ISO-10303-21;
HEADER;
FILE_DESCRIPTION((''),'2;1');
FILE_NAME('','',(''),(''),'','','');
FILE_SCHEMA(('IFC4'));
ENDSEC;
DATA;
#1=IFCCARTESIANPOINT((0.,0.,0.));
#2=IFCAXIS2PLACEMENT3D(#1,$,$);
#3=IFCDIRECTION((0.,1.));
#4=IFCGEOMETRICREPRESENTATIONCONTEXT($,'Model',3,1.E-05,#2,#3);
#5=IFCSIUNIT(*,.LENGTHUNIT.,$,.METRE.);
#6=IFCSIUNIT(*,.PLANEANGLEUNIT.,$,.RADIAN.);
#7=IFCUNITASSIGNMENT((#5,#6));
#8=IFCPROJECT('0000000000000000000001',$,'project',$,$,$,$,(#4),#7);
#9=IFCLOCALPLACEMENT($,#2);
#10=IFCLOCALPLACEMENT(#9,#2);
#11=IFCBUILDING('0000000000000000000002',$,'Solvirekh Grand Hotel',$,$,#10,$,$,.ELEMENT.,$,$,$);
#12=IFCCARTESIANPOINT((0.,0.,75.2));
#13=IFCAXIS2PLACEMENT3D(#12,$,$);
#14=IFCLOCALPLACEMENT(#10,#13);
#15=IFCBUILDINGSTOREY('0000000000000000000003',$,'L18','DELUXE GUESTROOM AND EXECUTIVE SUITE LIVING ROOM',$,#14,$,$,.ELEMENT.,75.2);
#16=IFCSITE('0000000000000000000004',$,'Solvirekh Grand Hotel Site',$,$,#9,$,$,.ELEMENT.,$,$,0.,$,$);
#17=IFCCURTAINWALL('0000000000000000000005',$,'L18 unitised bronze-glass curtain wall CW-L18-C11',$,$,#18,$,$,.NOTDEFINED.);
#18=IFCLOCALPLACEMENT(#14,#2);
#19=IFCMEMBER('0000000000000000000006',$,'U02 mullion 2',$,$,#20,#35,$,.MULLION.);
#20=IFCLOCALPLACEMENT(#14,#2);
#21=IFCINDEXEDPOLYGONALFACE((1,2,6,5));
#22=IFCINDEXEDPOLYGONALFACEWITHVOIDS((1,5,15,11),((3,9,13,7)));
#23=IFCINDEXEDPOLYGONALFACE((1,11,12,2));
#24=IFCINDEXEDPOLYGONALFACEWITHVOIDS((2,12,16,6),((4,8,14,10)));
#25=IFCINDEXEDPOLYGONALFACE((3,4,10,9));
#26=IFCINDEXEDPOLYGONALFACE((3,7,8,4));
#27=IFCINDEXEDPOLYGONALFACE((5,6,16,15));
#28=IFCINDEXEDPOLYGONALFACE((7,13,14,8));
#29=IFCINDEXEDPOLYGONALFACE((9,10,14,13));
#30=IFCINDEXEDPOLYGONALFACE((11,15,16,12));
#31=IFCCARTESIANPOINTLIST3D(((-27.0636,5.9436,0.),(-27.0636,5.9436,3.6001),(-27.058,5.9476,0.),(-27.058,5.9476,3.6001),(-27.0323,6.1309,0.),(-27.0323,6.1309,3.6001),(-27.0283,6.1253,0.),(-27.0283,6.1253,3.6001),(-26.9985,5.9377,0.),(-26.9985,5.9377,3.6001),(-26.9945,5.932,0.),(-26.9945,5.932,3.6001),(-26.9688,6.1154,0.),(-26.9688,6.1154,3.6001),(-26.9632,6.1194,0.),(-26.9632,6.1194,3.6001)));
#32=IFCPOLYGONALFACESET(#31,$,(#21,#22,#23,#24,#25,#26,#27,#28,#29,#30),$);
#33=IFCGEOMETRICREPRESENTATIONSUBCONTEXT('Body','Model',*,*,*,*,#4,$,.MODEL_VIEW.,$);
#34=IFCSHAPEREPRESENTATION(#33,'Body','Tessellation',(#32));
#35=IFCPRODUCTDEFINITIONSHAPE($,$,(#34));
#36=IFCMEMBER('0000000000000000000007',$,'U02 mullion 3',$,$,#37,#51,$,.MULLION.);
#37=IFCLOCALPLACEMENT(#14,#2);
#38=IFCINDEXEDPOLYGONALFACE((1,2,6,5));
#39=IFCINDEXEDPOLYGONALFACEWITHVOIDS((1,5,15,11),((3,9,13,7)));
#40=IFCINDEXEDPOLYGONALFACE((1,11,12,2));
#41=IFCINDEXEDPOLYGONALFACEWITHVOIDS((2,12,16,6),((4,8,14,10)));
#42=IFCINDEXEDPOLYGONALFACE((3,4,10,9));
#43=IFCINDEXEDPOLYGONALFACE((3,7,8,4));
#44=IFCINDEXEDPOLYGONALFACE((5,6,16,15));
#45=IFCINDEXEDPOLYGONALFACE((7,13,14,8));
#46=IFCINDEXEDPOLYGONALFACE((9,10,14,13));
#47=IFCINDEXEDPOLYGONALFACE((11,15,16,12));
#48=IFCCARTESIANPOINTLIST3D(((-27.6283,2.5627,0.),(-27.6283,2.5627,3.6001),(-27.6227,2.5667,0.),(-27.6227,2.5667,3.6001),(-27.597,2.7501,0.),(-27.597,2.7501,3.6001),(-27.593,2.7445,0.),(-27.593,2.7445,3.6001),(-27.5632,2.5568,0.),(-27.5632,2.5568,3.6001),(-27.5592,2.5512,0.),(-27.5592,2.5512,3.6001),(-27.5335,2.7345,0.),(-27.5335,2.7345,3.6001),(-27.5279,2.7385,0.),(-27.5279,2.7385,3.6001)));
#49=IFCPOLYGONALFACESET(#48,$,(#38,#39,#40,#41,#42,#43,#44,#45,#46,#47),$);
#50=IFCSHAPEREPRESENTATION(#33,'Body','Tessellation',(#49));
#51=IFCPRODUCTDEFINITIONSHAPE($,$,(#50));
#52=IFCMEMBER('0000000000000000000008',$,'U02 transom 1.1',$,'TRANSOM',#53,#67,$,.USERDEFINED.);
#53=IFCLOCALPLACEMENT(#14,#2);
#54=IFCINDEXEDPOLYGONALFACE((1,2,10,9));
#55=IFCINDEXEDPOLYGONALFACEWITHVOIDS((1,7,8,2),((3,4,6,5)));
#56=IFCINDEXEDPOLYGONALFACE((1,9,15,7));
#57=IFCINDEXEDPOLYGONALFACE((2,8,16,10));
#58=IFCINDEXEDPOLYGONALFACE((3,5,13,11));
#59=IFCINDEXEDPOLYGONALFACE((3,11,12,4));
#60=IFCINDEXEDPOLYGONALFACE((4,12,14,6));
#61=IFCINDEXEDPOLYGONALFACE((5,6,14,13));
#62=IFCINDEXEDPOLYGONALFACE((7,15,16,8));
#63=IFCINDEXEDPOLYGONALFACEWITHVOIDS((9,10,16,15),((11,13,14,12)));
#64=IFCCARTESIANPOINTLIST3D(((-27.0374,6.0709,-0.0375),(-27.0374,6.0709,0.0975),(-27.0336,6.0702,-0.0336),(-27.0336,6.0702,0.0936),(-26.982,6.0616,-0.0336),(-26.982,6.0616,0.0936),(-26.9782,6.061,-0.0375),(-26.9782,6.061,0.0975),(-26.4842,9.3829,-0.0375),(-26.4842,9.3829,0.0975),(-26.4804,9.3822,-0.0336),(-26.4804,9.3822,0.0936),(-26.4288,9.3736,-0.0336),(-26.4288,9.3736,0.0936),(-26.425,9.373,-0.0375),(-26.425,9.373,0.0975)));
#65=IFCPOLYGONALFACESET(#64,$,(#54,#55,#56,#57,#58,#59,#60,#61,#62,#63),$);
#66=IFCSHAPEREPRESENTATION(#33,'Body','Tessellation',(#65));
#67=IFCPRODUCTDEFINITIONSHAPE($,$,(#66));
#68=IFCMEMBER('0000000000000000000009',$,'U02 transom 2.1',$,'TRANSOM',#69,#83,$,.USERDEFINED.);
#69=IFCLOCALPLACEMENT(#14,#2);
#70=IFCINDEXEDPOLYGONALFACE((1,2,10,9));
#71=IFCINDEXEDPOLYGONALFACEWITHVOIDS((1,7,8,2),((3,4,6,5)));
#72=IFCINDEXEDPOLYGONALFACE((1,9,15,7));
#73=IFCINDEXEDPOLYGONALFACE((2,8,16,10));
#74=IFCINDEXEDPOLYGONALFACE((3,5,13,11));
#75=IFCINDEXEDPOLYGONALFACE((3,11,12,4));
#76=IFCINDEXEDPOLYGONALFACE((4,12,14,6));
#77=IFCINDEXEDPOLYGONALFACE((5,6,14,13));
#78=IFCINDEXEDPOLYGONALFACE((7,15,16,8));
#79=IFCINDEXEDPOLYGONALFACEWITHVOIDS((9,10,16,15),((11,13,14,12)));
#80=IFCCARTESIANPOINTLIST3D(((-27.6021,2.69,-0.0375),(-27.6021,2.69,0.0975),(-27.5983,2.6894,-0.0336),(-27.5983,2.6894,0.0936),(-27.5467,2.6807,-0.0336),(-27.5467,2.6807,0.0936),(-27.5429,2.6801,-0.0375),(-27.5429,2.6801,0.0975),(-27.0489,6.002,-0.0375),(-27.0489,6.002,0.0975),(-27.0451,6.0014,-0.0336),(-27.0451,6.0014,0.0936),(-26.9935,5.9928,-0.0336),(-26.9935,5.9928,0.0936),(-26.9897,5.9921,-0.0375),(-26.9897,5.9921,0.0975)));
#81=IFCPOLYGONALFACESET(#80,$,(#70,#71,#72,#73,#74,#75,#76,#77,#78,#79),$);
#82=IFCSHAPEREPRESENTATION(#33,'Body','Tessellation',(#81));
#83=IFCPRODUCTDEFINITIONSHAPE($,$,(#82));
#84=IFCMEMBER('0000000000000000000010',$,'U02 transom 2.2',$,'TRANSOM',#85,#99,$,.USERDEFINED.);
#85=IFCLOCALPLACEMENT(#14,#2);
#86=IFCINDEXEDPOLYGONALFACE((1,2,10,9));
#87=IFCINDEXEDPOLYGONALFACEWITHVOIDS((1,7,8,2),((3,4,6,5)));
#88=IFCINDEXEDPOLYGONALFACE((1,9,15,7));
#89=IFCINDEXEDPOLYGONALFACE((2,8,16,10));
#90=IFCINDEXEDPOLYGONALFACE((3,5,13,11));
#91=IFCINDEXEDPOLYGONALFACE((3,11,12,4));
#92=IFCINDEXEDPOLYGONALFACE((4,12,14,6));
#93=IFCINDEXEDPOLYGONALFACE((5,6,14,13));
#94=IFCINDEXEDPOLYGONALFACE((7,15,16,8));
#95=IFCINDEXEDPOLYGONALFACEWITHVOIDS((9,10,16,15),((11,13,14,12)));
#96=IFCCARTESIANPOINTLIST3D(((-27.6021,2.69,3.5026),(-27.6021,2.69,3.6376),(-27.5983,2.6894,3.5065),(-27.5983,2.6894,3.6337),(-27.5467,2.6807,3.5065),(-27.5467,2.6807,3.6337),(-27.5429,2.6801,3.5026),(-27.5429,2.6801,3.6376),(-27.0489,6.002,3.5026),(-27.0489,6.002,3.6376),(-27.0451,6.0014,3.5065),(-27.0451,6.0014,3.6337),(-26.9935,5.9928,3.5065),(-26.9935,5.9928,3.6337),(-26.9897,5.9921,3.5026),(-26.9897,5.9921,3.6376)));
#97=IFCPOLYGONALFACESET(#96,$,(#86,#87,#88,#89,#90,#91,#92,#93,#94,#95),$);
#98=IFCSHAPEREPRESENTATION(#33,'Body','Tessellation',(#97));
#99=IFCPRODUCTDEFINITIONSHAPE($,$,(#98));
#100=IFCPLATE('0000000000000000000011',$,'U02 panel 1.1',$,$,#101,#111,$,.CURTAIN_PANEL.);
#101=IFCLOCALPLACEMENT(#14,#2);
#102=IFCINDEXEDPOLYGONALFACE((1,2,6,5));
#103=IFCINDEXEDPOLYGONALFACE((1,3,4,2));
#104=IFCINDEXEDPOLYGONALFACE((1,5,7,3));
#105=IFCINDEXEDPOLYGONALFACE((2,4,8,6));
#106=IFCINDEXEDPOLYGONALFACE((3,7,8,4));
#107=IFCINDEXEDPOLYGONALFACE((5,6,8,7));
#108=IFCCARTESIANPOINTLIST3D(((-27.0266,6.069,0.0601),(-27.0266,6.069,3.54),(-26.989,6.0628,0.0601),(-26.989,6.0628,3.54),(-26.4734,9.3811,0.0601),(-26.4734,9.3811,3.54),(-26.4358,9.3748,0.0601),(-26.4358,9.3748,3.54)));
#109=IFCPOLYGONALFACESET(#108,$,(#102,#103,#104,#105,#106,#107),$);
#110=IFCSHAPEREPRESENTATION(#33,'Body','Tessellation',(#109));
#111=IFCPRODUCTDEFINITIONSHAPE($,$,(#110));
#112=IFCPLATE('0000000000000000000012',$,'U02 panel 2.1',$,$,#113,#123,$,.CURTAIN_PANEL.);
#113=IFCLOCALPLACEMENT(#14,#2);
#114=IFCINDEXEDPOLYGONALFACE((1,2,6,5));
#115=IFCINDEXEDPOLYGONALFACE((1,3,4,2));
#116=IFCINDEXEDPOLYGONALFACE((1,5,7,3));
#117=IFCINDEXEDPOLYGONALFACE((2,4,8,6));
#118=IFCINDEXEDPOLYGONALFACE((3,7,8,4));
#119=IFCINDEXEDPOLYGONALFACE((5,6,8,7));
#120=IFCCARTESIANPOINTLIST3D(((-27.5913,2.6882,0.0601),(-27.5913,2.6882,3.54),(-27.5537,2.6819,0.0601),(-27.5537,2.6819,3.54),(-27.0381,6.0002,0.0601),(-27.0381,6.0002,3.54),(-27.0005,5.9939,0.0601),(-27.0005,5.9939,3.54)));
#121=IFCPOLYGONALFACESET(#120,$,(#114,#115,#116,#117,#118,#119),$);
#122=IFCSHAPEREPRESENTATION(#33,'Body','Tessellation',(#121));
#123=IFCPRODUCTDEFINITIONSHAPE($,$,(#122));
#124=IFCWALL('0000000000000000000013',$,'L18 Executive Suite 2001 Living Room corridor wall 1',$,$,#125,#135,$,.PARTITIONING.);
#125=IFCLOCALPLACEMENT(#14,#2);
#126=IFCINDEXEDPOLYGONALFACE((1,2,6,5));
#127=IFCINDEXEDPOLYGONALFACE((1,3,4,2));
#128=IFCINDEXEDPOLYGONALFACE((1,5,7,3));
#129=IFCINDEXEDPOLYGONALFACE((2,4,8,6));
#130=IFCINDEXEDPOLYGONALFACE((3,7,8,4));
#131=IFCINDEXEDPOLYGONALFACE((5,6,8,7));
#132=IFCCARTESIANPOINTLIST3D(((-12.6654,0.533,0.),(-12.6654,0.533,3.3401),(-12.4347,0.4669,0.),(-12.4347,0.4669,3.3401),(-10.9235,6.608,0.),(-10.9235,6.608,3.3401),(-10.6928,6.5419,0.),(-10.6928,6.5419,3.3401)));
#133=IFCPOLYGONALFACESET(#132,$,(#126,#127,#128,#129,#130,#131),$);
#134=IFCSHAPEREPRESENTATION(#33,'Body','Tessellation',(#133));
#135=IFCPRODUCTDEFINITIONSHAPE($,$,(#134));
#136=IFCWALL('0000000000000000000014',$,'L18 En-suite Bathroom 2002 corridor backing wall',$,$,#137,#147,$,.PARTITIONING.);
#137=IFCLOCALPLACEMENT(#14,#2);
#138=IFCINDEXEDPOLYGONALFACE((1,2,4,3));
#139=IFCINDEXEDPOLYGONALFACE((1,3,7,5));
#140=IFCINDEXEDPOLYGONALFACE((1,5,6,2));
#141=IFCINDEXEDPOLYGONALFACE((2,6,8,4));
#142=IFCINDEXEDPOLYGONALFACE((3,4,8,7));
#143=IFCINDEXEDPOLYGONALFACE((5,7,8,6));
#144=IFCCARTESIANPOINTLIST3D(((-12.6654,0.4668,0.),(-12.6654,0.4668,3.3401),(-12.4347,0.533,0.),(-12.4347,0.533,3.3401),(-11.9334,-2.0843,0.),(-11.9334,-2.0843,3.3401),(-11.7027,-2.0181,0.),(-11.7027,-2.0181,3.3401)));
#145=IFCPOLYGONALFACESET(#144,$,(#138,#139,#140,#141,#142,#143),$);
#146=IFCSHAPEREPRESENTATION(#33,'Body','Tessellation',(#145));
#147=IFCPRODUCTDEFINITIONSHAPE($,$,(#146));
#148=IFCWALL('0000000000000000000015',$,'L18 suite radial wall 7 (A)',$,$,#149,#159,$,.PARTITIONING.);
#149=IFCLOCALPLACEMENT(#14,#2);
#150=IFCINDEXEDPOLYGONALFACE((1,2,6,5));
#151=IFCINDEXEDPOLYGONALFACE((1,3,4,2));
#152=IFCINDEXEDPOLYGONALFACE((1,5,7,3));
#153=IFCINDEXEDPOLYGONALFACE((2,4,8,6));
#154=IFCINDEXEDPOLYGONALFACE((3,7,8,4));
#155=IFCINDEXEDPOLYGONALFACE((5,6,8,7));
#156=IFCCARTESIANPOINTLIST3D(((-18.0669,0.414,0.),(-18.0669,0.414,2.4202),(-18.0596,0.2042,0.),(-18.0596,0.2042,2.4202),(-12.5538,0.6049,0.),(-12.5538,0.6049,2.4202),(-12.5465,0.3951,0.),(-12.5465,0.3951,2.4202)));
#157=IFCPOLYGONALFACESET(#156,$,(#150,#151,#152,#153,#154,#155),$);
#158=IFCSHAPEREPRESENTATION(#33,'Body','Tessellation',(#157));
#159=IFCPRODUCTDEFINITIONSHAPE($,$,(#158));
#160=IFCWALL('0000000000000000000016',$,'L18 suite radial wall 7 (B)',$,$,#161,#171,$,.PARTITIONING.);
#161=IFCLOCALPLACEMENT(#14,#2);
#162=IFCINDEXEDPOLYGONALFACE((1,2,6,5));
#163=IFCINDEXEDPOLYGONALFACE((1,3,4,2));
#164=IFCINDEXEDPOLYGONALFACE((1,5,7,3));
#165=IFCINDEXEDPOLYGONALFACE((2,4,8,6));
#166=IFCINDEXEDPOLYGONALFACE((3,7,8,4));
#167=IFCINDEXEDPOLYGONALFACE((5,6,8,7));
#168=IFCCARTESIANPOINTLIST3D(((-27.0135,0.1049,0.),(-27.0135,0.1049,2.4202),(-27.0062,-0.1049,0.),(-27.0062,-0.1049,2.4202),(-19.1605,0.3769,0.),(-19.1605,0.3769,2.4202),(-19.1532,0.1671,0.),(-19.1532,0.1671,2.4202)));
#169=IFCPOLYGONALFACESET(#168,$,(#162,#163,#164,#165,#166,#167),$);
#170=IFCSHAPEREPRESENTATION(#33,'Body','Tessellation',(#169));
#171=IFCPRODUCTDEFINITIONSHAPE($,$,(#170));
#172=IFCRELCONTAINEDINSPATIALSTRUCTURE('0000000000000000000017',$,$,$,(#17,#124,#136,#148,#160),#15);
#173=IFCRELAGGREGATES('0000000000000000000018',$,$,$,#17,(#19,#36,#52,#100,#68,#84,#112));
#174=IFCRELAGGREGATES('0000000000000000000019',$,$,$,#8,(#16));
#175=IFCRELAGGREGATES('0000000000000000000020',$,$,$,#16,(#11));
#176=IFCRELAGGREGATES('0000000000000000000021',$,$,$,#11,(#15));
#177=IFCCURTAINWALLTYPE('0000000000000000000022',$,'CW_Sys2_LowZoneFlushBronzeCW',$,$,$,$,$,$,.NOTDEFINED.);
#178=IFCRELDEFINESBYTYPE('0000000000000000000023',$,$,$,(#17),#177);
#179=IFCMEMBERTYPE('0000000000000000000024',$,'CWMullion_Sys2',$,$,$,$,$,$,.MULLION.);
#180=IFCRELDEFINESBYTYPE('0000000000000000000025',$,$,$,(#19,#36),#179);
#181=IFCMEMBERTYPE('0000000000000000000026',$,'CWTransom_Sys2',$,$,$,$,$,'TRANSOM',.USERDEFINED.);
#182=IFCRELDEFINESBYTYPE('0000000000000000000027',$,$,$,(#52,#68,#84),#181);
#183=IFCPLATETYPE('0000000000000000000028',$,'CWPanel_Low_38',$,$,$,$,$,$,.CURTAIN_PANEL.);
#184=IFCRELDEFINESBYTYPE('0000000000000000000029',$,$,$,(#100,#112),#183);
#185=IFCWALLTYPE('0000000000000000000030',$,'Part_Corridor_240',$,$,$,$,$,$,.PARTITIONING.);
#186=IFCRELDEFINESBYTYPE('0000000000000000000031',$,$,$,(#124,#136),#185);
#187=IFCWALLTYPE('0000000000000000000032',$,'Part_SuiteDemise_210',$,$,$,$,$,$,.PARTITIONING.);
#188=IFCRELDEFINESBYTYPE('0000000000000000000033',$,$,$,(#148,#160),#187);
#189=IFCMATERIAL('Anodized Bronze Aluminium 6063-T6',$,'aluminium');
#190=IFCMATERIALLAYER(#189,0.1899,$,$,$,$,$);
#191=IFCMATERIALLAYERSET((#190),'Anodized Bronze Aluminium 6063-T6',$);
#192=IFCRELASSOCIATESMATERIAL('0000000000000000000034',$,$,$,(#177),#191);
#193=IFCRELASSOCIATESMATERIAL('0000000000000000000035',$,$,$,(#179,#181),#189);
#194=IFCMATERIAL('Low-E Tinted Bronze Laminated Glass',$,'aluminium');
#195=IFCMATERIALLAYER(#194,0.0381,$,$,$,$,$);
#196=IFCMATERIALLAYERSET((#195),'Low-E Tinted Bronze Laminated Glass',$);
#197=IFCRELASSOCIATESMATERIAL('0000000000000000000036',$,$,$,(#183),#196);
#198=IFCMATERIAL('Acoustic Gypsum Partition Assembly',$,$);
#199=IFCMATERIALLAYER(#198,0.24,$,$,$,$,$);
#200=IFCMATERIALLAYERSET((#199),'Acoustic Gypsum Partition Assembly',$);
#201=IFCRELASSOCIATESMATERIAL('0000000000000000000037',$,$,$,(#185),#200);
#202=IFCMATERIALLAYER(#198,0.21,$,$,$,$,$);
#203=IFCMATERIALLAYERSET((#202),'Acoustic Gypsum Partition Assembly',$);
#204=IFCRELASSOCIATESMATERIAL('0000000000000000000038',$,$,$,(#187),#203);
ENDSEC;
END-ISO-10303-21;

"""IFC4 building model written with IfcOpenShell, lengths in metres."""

from ifc_helpers import new_model, si_unit, direction, frame, frame_2d, origin, origin_2d, place, context, subcontext, project, spatial, rectangle, hollow_rectangle, extrude, source, transform, mapped, material, layer, layer_set, material_profile, profile_set, type_object, element, aggregate, save


model = new_model("IFC4")

# Units and contexts
model_context = context("Model", 3, precision=1e-05, world=origin(), true_north=direction((0.0, 1.0)))
body_context = subcontext(model_context, "Body", "Model", "MODEL_VIEW")
ifc_project = project(units=[si_unit("LENGTHUNIT", "METRE"), si_unit("PLANEANGLEUNIT", "RADIAN")], contexts=[model_context])

# Site, building, storey
site_placement = place(None, origin())
site = spatial("IfcSite", under=ifc_project, at=site_placement, Name="Solvirekh Grand Hotel Site", CompositionType="ELEMENT", RefElevation=0.0)
building_placement = place(site_placement, origin())
building = spatial("IfcBuilding", under=site, at=building_placement, Name="Solvirekh Grand Hotel", CompositionType="ELEMENT")
storey_placement = place(building_placement, frame((0.0, 0.0, 75.2)))
storey = spatial("IfcBuildingStorey", under=building, at=storey_placement, Name="L18", Description="DELUXE GUESTROOM AND EXECUTIVE SUITE LIVING ROOM", CompositionType="ELEMENT", Elevation=75.2)

# Curtain wall, members, plates
ifc_material_1 = material(Name="Anodized Bronze Aluminium 6063-T6", Category="aluminium")
ifc_layer_1 = layer(ifc_material_1, 0.1899)
ifc_layer_set_1 = layer_set([ifc_layer_1], Name="Anodized Bronze Aluminium 6063-T6")
curtain_wall_type = type_object("IfcCurtainWallType", Name="CW_Sys2_LowZoneFlushBronzeCW", PredefinedType="NOTDEFINED", material=ifc_layer_set_1)
curtain_wall_placement = place(storey_placement, origin())
curtain_wall = element("IfcCurtainWall", 1, at=curtain_wall_placement, inside=storey, type_object=curtain_wall_type, Name="L18 unitised bronze-glass curtain wall CW-L18-C11", PredefinedType="NOTDEFINED")
ifc_material_profile_1 = material_profile(ifc_material_1, hollow_rectangle(XDim=0.0701, YDim=0.1899, WallThickness=0.0049, at=origin_2d()), Name="ALU RHS 190X70X5")
ifc_profile_set_1 = profile_set([ifc_material_profile_1], Name="Anodized Bronze Aluminium 6063-T6")
member_type_1 = type_object("IfcMemberType", Name="CWMullion_Sys2", PredefinedType="MULLION", material=ifc_profile_set_1)
shared_shape_1 = source(origin(), body_context, "Body", "SweptSolid", [
    extrude(hollow_rectangle(XDim=0.0701, YDim=0.1899, WallThickness=0.0049, at=origin_2d()), origin(), (0.0, 0.0, 1.0), 3.6001),
])
member_1_placement = place(storey_placement, frame((-27.0134, 6.0315, 0.0), z_axis=(0.0, 0.0, 1.0), x_axis=(0.986335, -0.16475, 0.0)))
member_1 = element("IfcMember", 2, at=member_1_placement, type_object=member_type_1, Name="U02 mullion 2", PredefinedType="MULLION", context=body_context, shape_type="MappedRepresentation", body=[
    mapped(shared_shape_1, transform((0.0, 0.0, 0.0), x_axis=(1.0, 0.0, 0.0), y_axis=(0.0, 1.0, 0.0), z_axis=(0.0, 0.0, 1.0), scale=1.0)),
])
member_2_placement = place(storey_placement, frame((-27.5781, 2.6506, 0.0), z_axis=(0.0, 0.0, 1.0), x_axis=(0.986335, -0.16475, 0.0)))
member_2 = element("IfcMember", 3, at=member_2_placement, type_object=member_type_1, Name="U02 mullion 3", PredefinedType="MULLION", context=body_context, shape_type="MappedRepresentation", body=[
    mapped(shared_shape_1, transform((0.0, 0.0, 0.0), x_axis=(1.0, 0.0, 0.0), y_axis=(0.0, 1.0, 0.0), z_axis=(0.0, 0.0, 1.0), scale=1.0)),
])
ifc_material_profile_2 = material_profile(ifc_material_1, hollow_rectangle(XDim=0.0601, YDim=0.135, WallThickness=0.0039, at=origin_2d()), Name="ALU RHS 135X60X4")
ifc_profile_set_2 = profile_set([ifc_material_profile_2], Name="Anodized Bronze Aluminium 6063-T6")
member_type_2 = type_object("IfcMemberType", Name="CWTransom_Sys2", ElementType="TRANSOM", PredefinedType="USERDEFINED", material=ifc_profile_set_2)
shared_shape_2 = source(origin(), body_context, "Body", "SweptSolid", [
    extrude(hollow_rectangle(XDim=0.0601, YDim=0.135, WallThickness=0.0039, at=origin_2d()), origin(), (0.0, 0.0, 1.0), 3.3579),
])
member_3_placement = place(storey_placement, frame((-26.4546, 9.3779, 0.03), z_axis=(-0.164753, -0.986335, 0.0), x_axis=(0.986335, -0.164753, 0.0)))
member_3 = element("IfcMember", 4, at=member_3_placement, type_object=member_type_2, Name="U02 transom 1.1", ObjectType="TRANSOM", PredefinedType="USERDEFINED", context=body_context, shape_type="MappedRepresentation", body=[
    mapped(shared_shape_2, transform((0.0, 0.0, 0.0), x_axis=(1.0, 0.0, 0.0), y_axis=(0.0, 1.0, 0.0), z_axis=(0.0, 0.0, 1.0), scale=1.0)),
])
member_4_placement = place(storey_placement, frame((-27.0193, 5.9971, 0.03), z_axis=(-0.164753, -0.986335, 0.0), x_axis=(0.986335, -0.164753, 0.0)))
member_4 = element("IfcMember", 5, at=member_4_placement, type_object=member_type_2, Name="U02 transom 2.1", ObjectType="TRANSOM", PredefinedType="USERDEFINED", context=body_context, shape_type="MappedRepresentation", body=[
    mapped(shared_shape_2, transform((0.0, 0.0, 0.0), x_axis=(1.0, 0.0, 0.0), y_axis=(0.0, 1.0, 0.0), z_axis=(0.0, 0.0, 1.0), scale=1.0)),
])
member_5_placement = place(storey_placement, frame((-27.0193, 5.9971, 3.5701), z_axis=(-0.164753, -0.986335, 0.0), x_axis=(0.986335, -0.164753, 0.0)))
member_5 = element("IfcMember", 6, at=member_5_placement, type_object=member_type_2, Name="U02 transom 2.2", ObjectType="TRANSOM", PredefinedType="USERDEFINED", context=body_context, shape_type="MappedRepresentation", body=[
    mapped(shared_shape_2, transform((0.0, 0.0, 0.0), x_axis=(1.0, 0.0, 0.0), y_axis=(0.0, 1.0, 0.0), z_axis=(0.0, 0.0, 1.0), scale=1.0)),
])
ifc_material_2 = material(Name="Low-E Tinted Bronze Laminated Glass", Category="aluminium")
ifc_layer_2 = layer(ifc_material_2, 0.0381)
ifc_layer_set_2 = layer_set([ifc_layer_2], Name="Low-E Tinted Bronze Laminated Glass")
plate_type = type_object("IfcPlateType", Name="CWPanel_Low_38", PredefinedType="CURTAIN_PANEL", material=ifc_layer_set_2)
shared_shape_3 = source(origin(), body_context, "Body", "SweptSolid", [
    extrude(rectangle(XDim=3.3579, YDim=0.0381, at=origin_2d()), origin(), (0.0, 0.0, 1.0), 3.48),
])
plate_1_placement = place(storey_placement, frame((-26.7312, 7.7219, 0.0601), z_axis=(0.0, 0.0, 1.0), x_axis=(-0.16475, -0.986335, 0.0)))
plate_1 = element("IfcPlate", 7, at=plate_1_placement, type_object=plate_type, Name="U02 panel 1.1", PredefinedType="CURTAIN_PANEL", context=body_context, shape_type="MappedRepresentation", body=[
    mapped(shared_shape_3, transform((0.0, 0.0, 0.0), x_axis=(1.0, 0.0, 0.0), y_axis=(0.0, 1.0, 0.0), z_axis=(0.0, 0.0, 1.0), scale=1.0)),
])
plate_2_placement = place(storey_placement, frame((-27.2959, 4.3411, 0.0601), z_axis=(0.0, 0.0, 1.0), x_axis=(-0.16475, -0.986335, 0.0)))
plate_2 = element("IfcPlate", 8, at=plate_2_placement, type_object=plate_type, Name="U02 panel 2.1", PredefinedType="CURTAIN_PANEL", context=body_context, shape_type="MappedRepresentation", body=[
    mapped(shared_shape_3, transform((0.0, 0.0, 0.0), x_axis=(1.0, 0.0, 0.0), y_axis=(0.0, 1.0, 0.0), z_axis=(0.0, 0.0, 1.0), scale=1.0)),
])
aggregate(curtain_wall, [member_1, member_2, member_3, plate_1, member_4, member_5, plate_2])

# Walls
ifc_material_3 = material(Name="Acoustic Gypsum Partition Assembly")
ifc_layer_3 = layer(ifc_material_3, 0.24)
ifc_layer_set_3 = layer_set([ifc_layer_3], Name="Acoustic Gypsum Partition Assembly")
wall_type_1 = type_object("IfcWallType", Name="Part_Corridor_240", PredefinedType="PARTITIONING", material=ifc_layer_set_3)
wall_1_placement = place(storey_placement, frame((-10.8081, 6.575, 0.0), z_axis=(0.0, 0.0, 1.0), x_axis=(-0.275634, -0.961263, 0.0)))
element("IfcWall", 9, at=wall_1_placement, inside=storey, type_object=wall_type_1, Name="L18 Executive Suite 2001 Living Room corridor wall 1", PredefinedType="PARTITIONING", context=body_context, shape_type="SweptSolid", body=[
    extrude(rectangle(XDim=6.3198, YDim=0.24, at=frame_2d((3.1599, 0.0))), origin(), (0.0, 0.0, 1.0), 3.3401),
])
wall_2_placement = place(storey_placement, frame((-12.55, 0.5, 0.0), z_axis=(0.0, 0.0, 1.0), x_axis=(0.27579, -0.961218, 0.0)))
element("IfcWall", 10, at=wall_2_placement, inside=storey, type_object=wall_type_1, Name="L18 En-suite Bathroom 2002 corridor backing wall", PredefinedType="PARTITIONING", context=body_context, shape_type="SweptSolid", body=[
    extrude(rectangle(XDim=2.6541, YDim=0.24, at=frame_2d((1.3271, 0.0))), origin(), (0.0, 0.0, 1.0), 3.3401),
])
ifc_layer_4 = layer(ifc_material_3, 0.21)
ifc_layer_set_4 = layer_set([ifc_layer_4], Name="Acoustic Gypsum Partition Assembly")
wall_type_2 = type_object("IfcWallType", Name="Part_SuiteDemise_210", PredefinedType="PARTITIONING", material=ifc_layer_set_4)
wall_3_placement = place(storey_placement, frame((-12.55, 0.5, 0.0), z_axis=(0.0, 0.0, 1.0), x_axis=(-0.999401, -0.03461, 0.0)))
element("IfcWall", 11, at=wall_3_placement, inside=storey, type_object=wall_type_2, Name="L18 suite radial wall 7 (A)", PredefinedType="PARTITIONING", context=body_context, shape_type="SweptSolid", body=[
    extrude(rectangle(XDim=5.5164, YDim=0.21, at=frame_2d((2.7583, 0.0))), origin(), (0.0, 0.0, 1.0), 2.4202),
])
wall_4_placement = place(storey_placement, frame((-19.157, 0.272, 0.0), z_axis=(0.0, 0.0, 1.0), x_axis=(-0.999401, -0.034612, 0.0)))
element("IfcWall", 12, at=wall_4_placement, inside=storey, type_object=wall_type_2, Name="L18 suite radial wall 7 (B)", PredefinedType="PARTITIONING", context=body_context, shape_type="SweptSolid", body=[
    extrude(rectangle(XDim=7.8577, YDim=0.21, at=frame_2d((3.9287, 0.0))), origin(), (0.0, 0.0, 1.0), 2.4202),
])

save(model, "model.ifc")
